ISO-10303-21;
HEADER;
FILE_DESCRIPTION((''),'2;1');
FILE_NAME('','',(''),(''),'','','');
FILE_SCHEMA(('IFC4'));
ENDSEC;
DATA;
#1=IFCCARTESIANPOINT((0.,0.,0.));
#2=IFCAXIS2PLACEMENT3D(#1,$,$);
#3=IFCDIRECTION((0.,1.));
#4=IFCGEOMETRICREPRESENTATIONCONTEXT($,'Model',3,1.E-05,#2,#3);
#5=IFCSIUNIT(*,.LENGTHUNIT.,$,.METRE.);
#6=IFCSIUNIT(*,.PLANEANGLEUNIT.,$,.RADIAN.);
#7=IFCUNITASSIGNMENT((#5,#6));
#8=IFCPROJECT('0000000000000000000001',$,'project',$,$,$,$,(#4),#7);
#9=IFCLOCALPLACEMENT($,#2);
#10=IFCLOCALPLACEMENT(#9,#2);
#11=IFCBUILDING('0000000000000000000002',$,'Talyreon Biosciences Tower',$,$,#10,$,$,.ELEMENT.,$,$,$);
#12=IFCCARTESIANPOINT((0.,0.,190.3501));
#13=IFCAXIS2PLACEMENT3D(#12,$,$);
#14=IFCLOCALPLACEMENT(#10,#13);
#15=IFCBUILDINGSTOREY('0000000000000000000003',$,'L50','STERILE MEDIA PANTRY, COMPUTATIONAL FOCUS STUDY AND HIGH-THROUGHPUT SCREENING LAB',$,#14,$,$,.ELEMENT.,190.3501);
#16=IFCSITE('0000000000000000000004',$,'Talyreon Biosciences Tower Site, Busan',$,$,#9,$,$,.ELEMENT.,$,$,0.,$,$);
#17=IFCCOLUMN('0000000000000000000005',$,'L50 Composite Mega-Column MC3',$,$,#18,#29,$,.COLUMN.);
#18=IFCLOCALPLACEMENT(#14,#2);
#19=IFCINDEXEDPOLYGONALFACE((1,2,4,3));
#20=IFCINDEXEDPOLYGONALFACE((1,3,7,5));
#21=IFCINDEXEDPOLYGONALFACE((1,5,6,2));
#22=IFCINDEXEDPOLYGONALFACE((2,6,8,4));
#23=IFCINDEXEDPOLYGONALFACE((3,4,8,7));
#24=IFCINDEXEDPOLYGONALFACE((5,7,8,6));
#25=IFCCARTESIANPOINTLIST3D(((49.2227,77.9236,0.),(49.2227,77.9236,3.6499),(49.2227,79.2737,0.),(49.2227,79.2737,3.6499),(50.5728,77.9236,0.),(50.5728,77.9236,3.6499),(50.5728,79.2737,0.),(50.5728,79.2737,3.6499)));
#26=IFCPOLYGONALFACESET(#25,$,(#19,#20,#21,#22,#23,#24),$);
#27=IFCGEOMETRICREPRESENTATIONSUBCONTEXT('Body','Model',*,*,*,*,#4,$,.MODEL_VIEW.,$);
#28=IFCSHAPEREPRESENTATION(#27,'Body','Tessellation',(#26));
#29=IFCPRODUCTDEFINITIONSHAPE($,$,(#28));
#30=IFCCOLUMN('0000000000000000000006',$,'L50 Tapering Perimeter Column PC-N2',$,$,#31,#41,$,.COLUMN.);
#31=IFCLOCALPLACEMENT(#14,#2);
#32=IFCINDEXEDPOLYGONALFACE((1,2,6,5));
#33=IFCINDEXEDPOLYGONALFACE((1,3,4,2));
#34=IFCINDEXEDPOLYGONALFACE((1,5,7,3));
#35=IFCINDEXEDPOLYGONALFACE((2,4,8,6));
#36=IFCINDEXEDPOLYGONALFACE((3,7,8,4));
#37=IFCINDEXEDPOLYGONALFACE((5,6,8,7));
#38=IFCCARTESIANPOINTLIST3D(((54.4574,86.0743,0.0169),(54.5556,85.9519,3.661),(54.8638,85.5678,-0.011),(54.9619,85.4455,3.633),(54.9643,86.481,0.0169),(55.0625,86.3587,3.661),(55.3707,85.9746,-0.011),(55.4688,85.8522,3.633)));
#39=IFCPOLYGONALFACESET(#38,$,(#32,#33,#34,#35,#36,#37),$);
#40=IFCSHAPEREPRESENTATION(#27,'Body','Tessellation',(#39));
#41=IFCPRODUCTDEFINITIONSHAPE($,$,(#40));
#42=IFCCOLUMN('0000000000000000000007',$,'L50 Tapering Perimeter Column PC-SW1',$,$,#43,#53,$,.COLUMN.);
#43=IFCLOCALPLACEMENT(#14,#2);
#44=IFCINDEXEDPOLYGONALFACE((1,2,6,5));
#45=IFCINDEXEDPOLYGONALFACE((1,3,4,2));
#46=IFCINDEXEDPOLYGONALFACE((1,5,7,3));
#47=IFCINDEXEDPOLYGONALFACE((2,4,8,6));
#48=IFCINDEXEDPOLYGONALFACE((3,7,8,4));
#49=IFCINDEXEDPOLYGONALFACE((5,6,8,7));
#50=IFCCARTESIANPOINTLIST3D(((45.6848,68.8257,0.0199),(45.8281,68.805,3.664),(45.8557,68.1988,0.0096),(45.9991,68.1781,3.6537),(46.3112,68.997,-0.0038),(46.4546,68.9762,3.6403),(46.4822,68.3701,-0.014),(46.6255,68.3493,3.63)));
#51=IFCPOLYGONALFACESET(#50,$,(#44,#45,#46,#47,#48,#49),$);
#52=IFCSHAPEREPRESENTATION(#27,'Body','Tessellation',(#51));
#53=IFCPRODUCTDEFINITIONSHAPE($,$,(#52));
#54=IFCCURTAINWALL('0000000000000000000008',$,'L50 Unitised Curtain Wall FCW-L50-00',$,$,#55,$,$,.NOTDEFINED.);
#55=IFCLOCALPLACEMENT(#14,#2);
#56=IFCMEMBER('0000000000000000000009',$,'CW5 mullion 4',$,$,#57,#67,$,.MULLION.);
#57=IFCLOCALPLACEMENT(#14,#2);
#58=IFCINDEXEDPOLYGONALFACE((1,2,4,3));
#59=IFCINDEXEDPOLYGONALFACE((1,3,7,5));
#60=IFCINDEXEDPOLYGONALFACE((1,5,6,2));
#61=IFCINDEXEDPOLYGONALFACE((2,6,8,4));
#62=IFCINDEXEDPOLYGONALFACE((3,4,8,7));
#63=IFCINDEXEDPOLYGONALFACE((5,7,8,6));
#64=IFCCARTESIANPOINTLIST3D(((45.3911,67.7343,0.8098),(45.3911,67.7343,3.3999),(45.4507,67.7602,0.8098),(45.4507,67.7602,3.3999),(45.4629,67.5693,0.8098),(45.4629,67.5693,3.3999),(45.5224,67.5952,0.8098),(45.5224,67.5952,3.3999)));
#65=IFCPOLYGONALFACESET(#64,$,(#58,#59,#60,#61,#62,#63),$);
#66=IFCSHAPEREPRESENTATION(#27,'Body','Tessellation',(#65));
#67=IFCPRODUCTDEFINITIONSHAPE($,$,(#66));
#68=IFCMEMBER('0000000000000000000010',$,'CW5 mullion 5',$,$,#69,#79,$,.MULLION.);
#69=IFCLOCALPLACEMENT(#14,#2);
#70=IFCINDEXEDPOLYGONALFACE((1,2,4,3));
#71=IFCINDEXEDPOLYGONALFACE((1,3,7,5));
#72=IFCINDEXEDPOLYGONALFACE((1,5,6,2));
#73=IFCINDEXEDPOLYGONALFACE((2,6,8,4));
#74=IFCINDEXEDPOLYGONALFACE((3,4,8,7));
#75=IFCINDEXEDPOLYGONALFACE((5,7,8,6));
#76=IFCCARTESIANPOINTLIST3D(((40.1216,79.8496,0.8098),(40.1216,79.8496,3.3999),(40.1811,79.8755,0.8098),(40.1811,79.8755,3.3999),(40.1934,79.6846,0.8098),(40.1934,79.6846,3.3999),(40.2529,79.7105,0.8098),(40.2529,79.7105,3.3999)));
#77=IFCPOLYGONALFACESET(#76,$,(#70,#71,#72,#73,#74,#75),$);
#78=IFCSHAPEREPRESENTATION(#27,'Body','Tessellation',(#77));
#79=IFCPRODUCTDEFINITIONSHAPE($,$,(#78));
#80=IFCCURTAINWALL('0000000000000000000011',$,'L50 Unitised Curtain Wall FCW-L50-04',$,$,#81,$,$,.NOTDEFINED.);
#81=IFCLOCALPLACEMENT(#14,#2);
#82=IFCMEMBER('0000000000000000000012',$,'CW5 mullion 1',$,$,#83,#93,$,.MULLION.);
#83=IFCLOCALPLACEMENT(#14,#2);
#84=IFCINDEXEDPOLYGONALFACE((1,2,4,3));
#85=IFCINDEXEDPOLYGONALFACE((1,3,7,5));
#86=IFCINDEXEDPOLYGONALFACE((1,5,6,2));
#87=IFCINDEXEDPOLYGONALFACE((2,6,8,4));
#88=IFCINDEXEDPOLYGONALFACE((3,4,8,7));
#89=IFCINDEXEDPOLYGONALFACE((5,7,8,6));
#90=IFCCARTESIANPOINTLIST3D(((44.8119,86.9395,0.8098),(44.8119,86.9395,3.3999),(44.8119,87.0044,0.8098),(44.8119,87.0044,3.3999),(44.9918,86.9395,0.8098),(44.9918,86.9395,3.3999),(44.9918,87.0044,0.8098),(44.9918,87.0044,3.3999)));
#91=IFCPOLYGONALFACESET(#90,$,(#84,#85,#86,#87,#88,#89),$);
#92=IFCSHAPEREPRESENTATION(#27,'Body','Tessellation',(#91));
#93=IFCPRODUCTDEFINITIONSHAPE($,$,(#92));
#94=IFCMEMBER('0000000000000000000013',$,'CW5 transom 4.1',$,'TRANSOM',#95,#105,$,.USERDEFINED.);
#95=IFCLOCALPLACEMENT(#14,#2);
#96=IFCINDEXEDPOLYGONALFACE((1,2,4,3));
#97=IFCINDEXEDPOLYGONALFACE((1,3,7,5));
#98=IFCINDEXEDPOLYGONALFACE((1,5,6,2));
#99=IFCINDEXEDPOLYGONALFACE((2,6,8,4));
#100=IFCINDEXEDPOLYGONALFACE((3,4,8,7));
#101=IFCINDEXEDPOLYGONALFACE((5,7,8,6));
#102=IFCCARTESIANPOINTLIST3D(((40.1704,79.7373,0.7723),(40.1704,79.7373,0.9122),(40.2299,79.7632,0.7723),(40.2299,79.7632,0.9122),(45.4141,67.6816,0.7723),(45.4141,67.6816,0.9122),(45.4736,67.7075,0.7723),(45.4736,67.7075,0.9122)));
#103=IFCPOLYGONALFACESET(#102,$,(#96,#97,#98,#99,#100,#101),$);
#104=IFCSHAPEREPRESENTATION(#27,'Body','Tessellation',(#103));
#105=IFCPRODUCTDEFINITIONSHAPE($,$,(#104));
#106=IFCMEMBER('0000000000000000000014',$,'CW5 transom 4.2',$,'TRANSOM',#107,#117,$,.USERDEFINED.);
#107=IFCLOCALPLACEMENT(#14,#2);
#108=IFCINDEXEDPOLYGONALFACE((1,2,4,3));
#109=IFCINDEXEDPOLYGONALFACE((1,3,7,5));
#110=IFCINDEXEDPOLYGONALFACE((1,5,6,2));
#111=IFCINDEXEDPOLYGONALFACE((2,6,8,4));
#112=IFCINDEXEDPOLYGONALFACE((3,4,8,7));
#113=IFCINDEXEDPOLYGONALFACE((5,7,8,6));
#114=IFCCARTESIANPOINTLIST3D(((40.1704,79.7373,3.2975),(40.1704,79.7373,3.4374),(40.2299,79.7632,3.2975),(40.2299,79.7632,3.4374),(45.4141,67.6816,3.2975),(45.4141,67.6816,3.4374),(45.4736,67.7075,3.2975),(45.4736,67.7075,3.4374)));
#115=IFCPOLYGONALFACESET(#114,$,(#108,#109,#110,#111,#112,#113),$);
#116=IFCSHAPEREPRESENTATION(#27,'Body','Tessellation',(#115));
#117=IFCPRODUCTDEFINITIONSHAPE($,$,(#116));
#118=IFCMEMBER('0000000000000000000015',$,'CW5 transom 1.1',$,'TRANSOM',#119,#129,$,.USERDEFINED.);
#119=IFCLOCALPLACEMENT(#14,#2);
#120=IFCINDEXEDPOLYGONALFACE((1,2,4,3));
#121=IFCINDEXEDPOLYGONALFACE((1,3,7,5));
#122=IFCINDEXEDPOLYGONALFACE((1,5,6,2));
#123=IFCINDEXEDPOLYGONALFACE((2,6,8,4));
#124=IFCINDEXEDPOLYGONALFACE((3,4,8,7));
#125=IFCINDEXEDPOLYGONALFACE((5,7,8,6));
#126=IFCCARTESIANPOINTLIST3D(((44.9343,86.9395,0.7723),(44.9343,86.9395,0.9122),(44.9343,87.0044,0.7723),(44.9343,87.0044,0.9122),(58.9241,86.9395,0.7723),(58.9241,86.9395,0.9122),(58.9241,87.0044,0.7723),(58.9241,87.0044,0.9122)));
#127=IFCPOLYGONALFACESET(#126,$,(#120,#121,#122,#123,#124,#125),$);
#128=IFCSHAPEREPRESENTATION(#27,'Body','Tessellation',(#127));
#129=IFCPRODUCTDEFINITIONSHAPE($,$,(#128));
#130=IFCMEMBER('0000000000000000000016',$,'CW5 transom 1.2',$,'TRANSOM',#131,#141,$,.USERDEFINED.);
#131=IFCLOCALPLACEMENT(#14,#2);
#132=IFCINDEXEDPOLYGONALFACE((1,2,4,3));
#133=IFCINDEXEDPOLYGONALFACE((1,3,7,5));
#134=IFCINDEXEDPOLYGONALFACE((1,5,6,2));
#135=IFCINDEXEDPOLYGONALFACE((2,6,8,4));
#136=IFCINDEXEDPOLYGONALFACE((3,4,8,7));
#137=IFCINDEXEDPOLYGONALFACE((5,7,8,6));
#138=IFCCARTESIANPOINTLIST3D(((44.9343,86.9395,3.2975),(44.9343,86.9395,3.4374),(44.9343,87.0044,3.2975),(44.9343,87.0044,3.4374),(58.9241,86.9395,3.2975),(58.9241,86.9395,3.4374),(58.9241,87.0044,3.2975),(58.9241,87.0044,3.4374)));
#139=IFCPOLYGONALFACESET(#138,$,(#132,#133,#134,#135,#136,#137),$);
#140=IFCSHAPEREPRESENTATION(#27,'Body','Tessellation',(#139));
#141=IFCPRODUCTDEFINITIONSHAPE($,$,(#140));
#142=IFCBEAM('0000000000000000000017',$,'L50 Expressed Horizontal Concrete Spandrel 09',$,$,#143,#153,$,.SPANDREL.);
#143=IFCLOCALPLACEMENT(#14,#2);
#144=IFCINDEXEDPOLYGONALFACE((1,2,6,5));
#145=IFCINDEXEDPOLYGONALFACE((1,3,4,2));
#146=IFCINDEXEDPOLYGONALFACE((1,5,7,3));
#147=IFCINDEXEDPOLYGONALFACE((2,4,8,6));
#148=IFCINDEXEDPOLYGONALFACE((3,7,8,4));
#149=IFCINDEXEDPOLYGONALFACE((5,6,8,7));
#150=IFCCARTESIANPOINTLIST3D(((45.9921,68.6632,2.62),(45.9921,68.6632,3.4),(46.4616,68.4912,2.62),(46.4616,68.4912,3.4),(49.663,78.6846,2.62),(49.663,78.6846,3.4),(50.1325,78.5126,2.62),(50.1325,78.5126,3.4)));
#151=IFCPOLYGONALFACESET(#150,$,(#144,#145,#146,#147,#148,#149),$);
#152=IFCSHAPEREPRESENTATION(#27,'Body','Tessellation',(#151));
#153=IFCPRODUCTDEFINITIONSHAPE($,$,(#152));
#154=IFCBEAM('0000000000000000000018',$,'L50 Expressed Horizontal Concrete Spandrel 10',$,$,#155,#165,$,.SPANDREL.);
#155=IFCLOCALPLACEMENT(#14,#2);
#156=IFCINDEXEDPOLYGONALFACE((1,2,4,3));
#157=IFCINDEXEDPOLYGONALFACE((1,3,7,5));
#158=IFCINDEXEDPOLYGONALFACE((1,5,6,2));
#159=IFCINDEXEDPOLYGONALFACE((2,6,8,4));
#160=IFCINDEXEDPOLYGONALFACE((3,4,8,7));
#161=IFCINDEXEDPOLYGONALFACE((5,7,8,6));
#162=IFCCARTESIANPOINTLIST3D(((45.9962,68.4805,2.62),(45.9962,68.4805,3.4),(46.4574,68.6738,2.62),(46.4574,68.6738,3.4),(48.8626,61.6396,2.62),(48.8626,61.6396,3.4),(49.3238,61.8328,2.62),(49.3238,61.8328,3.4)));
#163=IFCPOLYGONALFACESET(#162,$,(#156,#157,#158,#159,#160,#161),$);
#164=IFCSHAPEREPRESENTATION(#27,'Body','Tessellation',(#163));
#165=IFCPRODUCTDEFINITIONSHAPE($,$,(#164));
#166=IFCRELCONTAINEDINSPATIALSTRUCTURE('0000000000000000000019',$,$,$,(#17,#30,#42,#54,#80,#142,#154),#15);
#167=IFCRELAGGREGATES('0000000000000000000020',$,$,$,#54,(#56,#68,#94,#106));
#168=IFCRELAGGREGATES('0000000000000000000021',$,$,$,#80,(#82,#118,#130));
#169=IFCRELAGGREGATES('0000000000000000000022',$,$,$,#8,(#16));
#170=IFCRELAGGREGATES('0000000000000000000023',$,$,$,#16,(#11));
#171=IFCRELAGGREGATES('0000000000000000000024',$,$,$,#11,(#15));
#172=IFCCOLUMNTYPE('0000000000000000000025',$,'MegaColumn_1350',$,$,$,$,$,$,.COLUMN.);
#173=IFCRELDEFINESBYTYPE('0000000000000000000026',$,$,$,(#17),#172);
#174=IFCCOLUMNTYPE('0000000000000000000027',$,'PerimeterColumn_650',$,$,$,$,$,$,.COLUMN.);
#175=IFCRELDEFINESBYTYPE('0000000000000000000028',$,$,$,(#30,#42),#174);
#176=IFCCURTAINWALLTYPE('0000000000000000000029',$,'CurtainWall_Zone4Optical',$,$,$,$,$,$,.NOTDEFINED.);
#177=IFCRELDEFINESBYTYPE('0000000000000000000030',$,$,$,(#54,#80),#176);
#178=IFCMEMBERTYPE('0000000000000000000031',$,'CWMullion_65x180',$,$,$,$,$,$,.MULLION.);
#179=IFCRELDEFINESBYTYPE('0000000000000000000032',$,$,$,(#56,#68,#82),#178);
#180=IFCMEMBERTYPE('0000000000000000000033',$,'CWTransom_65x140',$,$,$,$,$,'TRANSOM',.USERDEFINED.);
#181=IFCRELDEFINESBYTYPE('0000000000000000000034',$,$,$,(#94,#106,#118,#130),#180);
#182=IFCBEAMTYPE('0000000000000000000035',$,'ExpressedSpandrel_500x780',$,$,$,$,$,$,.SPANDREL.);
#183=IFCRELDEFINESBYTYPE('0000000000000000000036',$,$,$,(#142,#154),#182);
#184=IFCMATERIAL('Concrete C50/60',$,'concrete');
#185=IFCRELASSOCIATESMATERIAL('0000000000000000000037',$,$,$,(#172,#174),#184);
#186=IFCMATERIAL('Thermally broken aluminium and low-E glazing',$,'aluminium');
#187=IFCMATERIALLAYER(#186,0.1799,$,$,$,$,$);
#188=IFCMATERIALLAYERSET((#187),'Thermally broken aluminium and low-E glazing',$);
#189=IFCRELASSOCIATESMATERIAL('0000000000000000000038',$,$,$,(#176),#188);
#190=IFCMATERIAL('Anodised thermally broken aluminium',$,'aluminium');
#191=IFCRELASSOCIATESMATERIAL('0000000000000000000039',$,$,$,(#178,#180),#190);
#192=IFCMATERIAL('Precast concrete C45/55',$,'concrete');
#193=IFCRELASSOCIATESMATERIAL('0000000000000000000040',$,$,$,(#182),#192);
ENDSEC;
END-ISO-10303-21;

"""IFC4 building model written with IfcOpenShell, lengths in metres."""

from ifc_helpers import new_model, si_unit, direction, frame, origin, origin_2d, place, context, subcontext, project, spatial, rectangle, extrude, material, layer, layer_set, material_profile, profile_set, type_object, element, aggregate, save


model = new_model("IFC4")

# Units and contexts
model_context = context("Model", 3, precision=1e-05, world=origin(), true_north=direction((0.0, 1.0)))
body_context = subcontext(model_context, "Body", "Model", "MODEL_VIEW")
ifc_project = project(units=[si_unit("LENGTHUNIT", "METRE"), si_unit("PLANEANGLEUNIT", "RADIAN")], contexts=[model_context])

# Site, building, storey
site_placement = place(None, origin())
site = spatial("IfcSite", under=ifc_project, at=site_placement, Name="Talyreon Biosciences Tower Site, Busan", CompositionType="ELEMENT", RefElevation=0.0)
building_placement = place(site_placement, origin())
building = spatial("IfcBuilding", under=site, at=building_placement, Name="Talyreon Biosciences Tower", CompositionType="ELEMENT")
storey_placement = place(building_placement, frame((0.0, 0.0, 190.3501)))
storey = spatial("IfcBuildingStorey", under=building, at=storey_placement, Name="L50", Description="STERILE MEDIA PANTRY, COMPUTATIONAL FOCUS STUDY AND HIGH-THROUGHPUT SCREENING LAB", CompositionType="ELEMENT", Elevation=190.3501)

# Columns
ifc_material_1 = material(Name="Concrete C50/60", Category="concrete")
ifc_material_profile_1 = material_profile(ifc_material_1, rectangle(XDim=1.3501, YDim=1.3501, at=origin_2d()), Name="RC 1350x1350")
ifc_profile_set_1 = profile_set([ifc_material_profile_1], Name="Concrete C50/60")
column_type_1 = type_object("IfcColumnType", Name="MegaColumn_1350", PredefinedType="COLUMN", material=ifc_profile_set_1)
column_1_placement = place(storey_placement, frame((49.8977, 78.5986, 0.0), z_axis=(0.0, 0.0, 1.0), x_axis=(1.0, 0.0, 0.0)))
element("IfcColumn", 1, at=column_1_placement, inside=storey, type_object=column_type_1, Name="L50 Composite Mega-Column MC3", PredefinedType="COLUMN", context=body_context, shape_type="SweptSolid", body=[
    extrude(rectangle(XDim=1.3501, YDim=1.3501, at=origin_2d()), origin(), (0.0, 0.0, 1.0), 3.6499),
])
ifc_material_profile_2 = material_profile(ifc_material_1, rectangle(XDim=0.6499, YDim=0.6499, at=origin_2d()), Name="RC 650x650")
ifc_profile_set_2 = profile_set([ifc_material_profile_2], Name="Concrete C50/60")
column_type_2 = type_object("IfcColumnType", Name="PerimeterColumn_650", PredefinedType="COLUMN", material=ifc_profile_set_2)
column_2_placement = place(storey_placement, frame((54.9141, 86.0244, 0.0029), z_axis=(0.026908, -0.033535, 0.999075), x_axis=(-0.779957, -0.625834, 0.0)))
element("IfcColumn", 2, at=column_2_placement, inside=storey, type_object=column_type_2, Name="L50 Tapering Perimeter Column PC-N2", PredefinedType="COLUMN", context=body_context, shape_type="SweptSolid", body=[
    extrude(rectangle(XDim=0.6499, YDim=0.6499, at=origin_2d()), origin(), (0.0, 0.0, 1.0), 3.6475),
])
column_3_placement = place(storey_placement, frame((46.0835, 68.5979, 0.0029), z_axis=(0.039296, -0.00569, 0.999211), x_axis=(0.963968, 0.263515, -0.03641)))
element("IfcColumn", 3, at=column_3_placement, inside=storey, type_object=column_type_2, Name="L50 Tapering Perimeter Column PC-SW1", PredefinedType="COLUMN", context=body_context, shape_type="SweptSolid", body=[
    extrude(rectangle(XDim=0.6499, YDim=0.6499, at=origin_2d()), origin(), (0.0, 0.0, 1.0), 3.647),
])

# Curtain wall, members
ifc_material_2 = material(Name="Thermally broken aluminium and low-E glazing", Category="aluminium")
ifc_layer_1 = layer(ifc_material_2, 0.1799)
ifc_layer_set_1 = layer_set([ifc_layer_1], Name="Thermally broken aluminium and low-E glazing")
curtain_wall_type = type_object("IfcCurtainWallType", Name="CurtainWall_Zone4Optical", PredefinedType="NOTDEFINED", material=ifc_layer_set_1)
curtain_wall_1_placement = place(storey_placement, origin())
curtain_wall_1 = element("IfcCurtainWall", 4, at=curtain_wall_1_placement, inside=storey, type_object=curtain_wall_type, Name="L50 Unitised Curtain Wall FCW-L50-00", PredefinedType="NOTDEFINED")
ifc_material_3 = material(Name="Anodised thermally broken aluminium", Category="aluminium")
ifc_material_profile_3 = material_profile(ifc_material_3, rectangle(XDim=0.0649, YDim=0.1799, at=origin_2d()), Name="ALUM MULLION 65x180")
ifc_profile_set_3 = profile_set([ifc_material_profile_3], Name="Anodised thermally broken aluminium")
member_type_1 = type_object("IfcMemberType", Name="CWMullion_65x180", PredefinedType="MULLION", material=ifc_profile_set_3)
member_1_placement = place(storey_placement, frame((45.4568, 67.6648, 0.8098), z_axis=(0.0, 0.0, 1.0), x_axis=(-0.917011, -0.398862, 0.0)))
member_1 = element("IfcMember", 5, at=member_1_placement, type_object=member_type_1, Name="CW5 mullion 4", PredefinedType="MULLION", context=body_context, shape_type="SweptSolid", body=[
    extrude(rectangle(XDim=0.0649, YDim=0.1799, at=origin_2d()), origin(), (0.0, 0.0, 1.0), 2.5901),
])
member_2_placement = place(storey_placement, frame((40.1873, 79.78, 0.8098), z_axis=(0.0, 0.0, 1.0), x_axis=(-0.917011, -0.398862, 0.0)))
member_2 = element("IfcMember", 6, at=member_2_placement, type_object=member_type_1, Name="CW5 mullion 5", PredefinedType="MULLION", context=body_context, shape_type="SweptSolid", body=[
    extrude(rectangle(XDim=0.0649, YDim=0.1799, at=origin_2d()), origin(), (0.0, 0.0, 1.0), 2.5901),
])

# Curtain wall, member
curtain_wall_2_placement = place(storey_placement, origin())
curtain_wall_2 = element("IfcCurtainWall", 7, at=curtain_wall_2_placement, inside=storey, type_object=curtain_wall_type, Name="L50 Unitised Curtain Wall FCW-L50-04", PredefinedType="NOTDEFINED")
member_3_placement = place(storey_placement, frame((44.9019, 86.9719, 0.8098), z_axis=(0.0, 0.0, 1.0), x_axis=(0.0, 1.0, 0.0)))
member_3 = element("IfcMember", 8, at=member_3_placement, type_object=member_type_1, Name="CW5 mullion 1", PredefinedType="MULLION", context=body_context, shape_type="SweptSolid", body=[
    extrude(rectangle(XDim=0.0649, YDim=0.1799, at=origin_2d()), origin(), (0.0, 0.0, 1.0), 2.5901),
])

# Members
ifc_material_profile_4 = material_profile(ifc_material_3, rectangle(XDim=0.0649, YDim=0.1399, at=origin_2d()), Name="ALUM TRANSOM 65x140")
ifc_profile_set_4 = profile_set([ifc_material_profile_4], Name="Anodised thermally broken aluminium")
member_type_2 = type_object("IfcMemberType", Name="CWTransom_65x140", ElementType="TRANSOM", PredefinedType="USERDEFINED", material=ifc_profile_set_4)
member_4_placement = place(storey_placement, frame((45.4438, 67.6946, 0.8423), z_axis=(-0.398858, 0.917013, 0.0), x_axis=(-0.917013, -0.398858, 0.0)))
member_4 = element("IfcMember", 9, at=member_4_placement, type_object=member_type_2, Name="CW5 transom 4.1", ObjectType="TRANSOM", PredefinedType="USERDEFINED", context=body_context, shape_type="SweptSolid", body=[
    extrude(rectangle(XDim=0.0649, YDim=0.1399, at=origin_2d()), origin(), (0.0, 0.0, 1.0), 13.1467),
])
member_5_placement = place(storey_placement, frame((45.4438, 67.6946, 3.3674), z_axis=(-0.398858, 0.917013, 0.0), x_axis=(-0.917013, -0.398858, 0.0)))
member_5 = element("IfcMember", 10, at=member_5_placement, type_object=member_type_2, Name="CW5 transom 4.2", ObjectType="TRANSOM", PredefinedType="USERDEFINED", context=body_context, shape_type="SweptSolid", body=[
    extrude(rectangle(XDim=0.0649, YDim=0.1399, at=origin_2d()), origin(), (0.0, 0.0, 1.0), 13.1467),
])
member_6_placement = place(storey_placement, frame((44.9343, 86.9719, 0.8423), z_axis=(1.0, 0.0, 0.0), x_axis=(0.0, 1.0, 0.0)))
member_6 = element("IfcMember", 11, at=member_6_placement, type_object=member_type_2, Name="CW5 transom 1.1", ObjectType="TRANSOM", PredefinedType="USERDEFINED", context=body_context, shape_type="SweptSolid", body=[
    extrude(rectangle(XDim=0.0649, YDim=0.1399, at=origin_2d()), origin(), (0.0, 0.0, 1.0), 13.9897),
])
member_7_placement = place(storey_placement, frame((44.9343, 86.9719, 3.3674), z_axis=(1.0, 0.0, 0.0), x_axis=(0.0, 1.0, 0.0)))
member_7 = element("IfcMember", 12, at=member_7_placement, type_object=member_type_2, Name="CW5 transom 1.2", ObjectType="TRANSOM", PredefinedType="USERDEFINED", context=body_context, shape_type="SweptSolid", body=[
    extrude(rectangle(XDim=0.0649, YDim=0.1399, at=origin_2d()), origin(), (0.0, 0.0, 1.0), 13.9897),
])

# Beams
ifc_material_4 = material(Name="Precast concrete C45/55", Category="concrete")
ifc_material_profile_5 = material_profile(ifc_material_4, rectangle(XDim=0.5, YDim=0.78, at=origin_2d()), Name="RCB 500x780")
ifc_profile_set_5 = profile_set([ifc_material_profile_5], Name="Precast concrete C45/55")
beam_type_1 = type_object("IfcBeamType", Name="ExpressedSpandrel_500x780", PredefinedType="SPANDREL", material=ifc_profile_set_5)
beam_1_placement = place(storey_placement, frame((49.8977, 78.5986, 3.01), z_axis=(-0.343954, -0.938987, 0.0), x_axis=(0.938987, -0.343954, 0.0)))
element("IfcBeam", 13, at=beam_1_placement, inside=storey, type_object=beam_type_1, Name="L50 Expressed Horizontal Concrete Spandrel 09", PredefinedType="SPANDREL", context=body_context, shape_type="SweptSolid", body=[
    extrude(rectangle(XDim=0.5, YDim=0.78, at=origin_2d()), origin(), (0.0, 0.0, 1.0), 10.6726),
])
beam_2_placement = place(storey_placement, frame((46.2268, 68.5771, 3.01), z_axis=(0.386454, -0.922309, 0.0), x_axis=(0.922309, 0.386454, 0.0)))
element("IfcBeam", 14, at=beam_2_placement, inside=storey, type_object=beam_type_1, Name="L50 Expressed Horizontal Concrete Spandrel 10", PredefinedType="SPANDREL", context=body_context, shape_type="SweptSolid", body=[
    extrude(rectangle(XDim=0.5, YDim=0.78, at=origin_2d()), origin(), (0.0, 0.0, 1.0), 7.4172),
])

aggregate(curtain_wall_1, [member_1, member_2, member_4, member_5])
aggregate(curtain_wall_2, [member_3, member_6, member_7])

save(model, "model.ifc")
